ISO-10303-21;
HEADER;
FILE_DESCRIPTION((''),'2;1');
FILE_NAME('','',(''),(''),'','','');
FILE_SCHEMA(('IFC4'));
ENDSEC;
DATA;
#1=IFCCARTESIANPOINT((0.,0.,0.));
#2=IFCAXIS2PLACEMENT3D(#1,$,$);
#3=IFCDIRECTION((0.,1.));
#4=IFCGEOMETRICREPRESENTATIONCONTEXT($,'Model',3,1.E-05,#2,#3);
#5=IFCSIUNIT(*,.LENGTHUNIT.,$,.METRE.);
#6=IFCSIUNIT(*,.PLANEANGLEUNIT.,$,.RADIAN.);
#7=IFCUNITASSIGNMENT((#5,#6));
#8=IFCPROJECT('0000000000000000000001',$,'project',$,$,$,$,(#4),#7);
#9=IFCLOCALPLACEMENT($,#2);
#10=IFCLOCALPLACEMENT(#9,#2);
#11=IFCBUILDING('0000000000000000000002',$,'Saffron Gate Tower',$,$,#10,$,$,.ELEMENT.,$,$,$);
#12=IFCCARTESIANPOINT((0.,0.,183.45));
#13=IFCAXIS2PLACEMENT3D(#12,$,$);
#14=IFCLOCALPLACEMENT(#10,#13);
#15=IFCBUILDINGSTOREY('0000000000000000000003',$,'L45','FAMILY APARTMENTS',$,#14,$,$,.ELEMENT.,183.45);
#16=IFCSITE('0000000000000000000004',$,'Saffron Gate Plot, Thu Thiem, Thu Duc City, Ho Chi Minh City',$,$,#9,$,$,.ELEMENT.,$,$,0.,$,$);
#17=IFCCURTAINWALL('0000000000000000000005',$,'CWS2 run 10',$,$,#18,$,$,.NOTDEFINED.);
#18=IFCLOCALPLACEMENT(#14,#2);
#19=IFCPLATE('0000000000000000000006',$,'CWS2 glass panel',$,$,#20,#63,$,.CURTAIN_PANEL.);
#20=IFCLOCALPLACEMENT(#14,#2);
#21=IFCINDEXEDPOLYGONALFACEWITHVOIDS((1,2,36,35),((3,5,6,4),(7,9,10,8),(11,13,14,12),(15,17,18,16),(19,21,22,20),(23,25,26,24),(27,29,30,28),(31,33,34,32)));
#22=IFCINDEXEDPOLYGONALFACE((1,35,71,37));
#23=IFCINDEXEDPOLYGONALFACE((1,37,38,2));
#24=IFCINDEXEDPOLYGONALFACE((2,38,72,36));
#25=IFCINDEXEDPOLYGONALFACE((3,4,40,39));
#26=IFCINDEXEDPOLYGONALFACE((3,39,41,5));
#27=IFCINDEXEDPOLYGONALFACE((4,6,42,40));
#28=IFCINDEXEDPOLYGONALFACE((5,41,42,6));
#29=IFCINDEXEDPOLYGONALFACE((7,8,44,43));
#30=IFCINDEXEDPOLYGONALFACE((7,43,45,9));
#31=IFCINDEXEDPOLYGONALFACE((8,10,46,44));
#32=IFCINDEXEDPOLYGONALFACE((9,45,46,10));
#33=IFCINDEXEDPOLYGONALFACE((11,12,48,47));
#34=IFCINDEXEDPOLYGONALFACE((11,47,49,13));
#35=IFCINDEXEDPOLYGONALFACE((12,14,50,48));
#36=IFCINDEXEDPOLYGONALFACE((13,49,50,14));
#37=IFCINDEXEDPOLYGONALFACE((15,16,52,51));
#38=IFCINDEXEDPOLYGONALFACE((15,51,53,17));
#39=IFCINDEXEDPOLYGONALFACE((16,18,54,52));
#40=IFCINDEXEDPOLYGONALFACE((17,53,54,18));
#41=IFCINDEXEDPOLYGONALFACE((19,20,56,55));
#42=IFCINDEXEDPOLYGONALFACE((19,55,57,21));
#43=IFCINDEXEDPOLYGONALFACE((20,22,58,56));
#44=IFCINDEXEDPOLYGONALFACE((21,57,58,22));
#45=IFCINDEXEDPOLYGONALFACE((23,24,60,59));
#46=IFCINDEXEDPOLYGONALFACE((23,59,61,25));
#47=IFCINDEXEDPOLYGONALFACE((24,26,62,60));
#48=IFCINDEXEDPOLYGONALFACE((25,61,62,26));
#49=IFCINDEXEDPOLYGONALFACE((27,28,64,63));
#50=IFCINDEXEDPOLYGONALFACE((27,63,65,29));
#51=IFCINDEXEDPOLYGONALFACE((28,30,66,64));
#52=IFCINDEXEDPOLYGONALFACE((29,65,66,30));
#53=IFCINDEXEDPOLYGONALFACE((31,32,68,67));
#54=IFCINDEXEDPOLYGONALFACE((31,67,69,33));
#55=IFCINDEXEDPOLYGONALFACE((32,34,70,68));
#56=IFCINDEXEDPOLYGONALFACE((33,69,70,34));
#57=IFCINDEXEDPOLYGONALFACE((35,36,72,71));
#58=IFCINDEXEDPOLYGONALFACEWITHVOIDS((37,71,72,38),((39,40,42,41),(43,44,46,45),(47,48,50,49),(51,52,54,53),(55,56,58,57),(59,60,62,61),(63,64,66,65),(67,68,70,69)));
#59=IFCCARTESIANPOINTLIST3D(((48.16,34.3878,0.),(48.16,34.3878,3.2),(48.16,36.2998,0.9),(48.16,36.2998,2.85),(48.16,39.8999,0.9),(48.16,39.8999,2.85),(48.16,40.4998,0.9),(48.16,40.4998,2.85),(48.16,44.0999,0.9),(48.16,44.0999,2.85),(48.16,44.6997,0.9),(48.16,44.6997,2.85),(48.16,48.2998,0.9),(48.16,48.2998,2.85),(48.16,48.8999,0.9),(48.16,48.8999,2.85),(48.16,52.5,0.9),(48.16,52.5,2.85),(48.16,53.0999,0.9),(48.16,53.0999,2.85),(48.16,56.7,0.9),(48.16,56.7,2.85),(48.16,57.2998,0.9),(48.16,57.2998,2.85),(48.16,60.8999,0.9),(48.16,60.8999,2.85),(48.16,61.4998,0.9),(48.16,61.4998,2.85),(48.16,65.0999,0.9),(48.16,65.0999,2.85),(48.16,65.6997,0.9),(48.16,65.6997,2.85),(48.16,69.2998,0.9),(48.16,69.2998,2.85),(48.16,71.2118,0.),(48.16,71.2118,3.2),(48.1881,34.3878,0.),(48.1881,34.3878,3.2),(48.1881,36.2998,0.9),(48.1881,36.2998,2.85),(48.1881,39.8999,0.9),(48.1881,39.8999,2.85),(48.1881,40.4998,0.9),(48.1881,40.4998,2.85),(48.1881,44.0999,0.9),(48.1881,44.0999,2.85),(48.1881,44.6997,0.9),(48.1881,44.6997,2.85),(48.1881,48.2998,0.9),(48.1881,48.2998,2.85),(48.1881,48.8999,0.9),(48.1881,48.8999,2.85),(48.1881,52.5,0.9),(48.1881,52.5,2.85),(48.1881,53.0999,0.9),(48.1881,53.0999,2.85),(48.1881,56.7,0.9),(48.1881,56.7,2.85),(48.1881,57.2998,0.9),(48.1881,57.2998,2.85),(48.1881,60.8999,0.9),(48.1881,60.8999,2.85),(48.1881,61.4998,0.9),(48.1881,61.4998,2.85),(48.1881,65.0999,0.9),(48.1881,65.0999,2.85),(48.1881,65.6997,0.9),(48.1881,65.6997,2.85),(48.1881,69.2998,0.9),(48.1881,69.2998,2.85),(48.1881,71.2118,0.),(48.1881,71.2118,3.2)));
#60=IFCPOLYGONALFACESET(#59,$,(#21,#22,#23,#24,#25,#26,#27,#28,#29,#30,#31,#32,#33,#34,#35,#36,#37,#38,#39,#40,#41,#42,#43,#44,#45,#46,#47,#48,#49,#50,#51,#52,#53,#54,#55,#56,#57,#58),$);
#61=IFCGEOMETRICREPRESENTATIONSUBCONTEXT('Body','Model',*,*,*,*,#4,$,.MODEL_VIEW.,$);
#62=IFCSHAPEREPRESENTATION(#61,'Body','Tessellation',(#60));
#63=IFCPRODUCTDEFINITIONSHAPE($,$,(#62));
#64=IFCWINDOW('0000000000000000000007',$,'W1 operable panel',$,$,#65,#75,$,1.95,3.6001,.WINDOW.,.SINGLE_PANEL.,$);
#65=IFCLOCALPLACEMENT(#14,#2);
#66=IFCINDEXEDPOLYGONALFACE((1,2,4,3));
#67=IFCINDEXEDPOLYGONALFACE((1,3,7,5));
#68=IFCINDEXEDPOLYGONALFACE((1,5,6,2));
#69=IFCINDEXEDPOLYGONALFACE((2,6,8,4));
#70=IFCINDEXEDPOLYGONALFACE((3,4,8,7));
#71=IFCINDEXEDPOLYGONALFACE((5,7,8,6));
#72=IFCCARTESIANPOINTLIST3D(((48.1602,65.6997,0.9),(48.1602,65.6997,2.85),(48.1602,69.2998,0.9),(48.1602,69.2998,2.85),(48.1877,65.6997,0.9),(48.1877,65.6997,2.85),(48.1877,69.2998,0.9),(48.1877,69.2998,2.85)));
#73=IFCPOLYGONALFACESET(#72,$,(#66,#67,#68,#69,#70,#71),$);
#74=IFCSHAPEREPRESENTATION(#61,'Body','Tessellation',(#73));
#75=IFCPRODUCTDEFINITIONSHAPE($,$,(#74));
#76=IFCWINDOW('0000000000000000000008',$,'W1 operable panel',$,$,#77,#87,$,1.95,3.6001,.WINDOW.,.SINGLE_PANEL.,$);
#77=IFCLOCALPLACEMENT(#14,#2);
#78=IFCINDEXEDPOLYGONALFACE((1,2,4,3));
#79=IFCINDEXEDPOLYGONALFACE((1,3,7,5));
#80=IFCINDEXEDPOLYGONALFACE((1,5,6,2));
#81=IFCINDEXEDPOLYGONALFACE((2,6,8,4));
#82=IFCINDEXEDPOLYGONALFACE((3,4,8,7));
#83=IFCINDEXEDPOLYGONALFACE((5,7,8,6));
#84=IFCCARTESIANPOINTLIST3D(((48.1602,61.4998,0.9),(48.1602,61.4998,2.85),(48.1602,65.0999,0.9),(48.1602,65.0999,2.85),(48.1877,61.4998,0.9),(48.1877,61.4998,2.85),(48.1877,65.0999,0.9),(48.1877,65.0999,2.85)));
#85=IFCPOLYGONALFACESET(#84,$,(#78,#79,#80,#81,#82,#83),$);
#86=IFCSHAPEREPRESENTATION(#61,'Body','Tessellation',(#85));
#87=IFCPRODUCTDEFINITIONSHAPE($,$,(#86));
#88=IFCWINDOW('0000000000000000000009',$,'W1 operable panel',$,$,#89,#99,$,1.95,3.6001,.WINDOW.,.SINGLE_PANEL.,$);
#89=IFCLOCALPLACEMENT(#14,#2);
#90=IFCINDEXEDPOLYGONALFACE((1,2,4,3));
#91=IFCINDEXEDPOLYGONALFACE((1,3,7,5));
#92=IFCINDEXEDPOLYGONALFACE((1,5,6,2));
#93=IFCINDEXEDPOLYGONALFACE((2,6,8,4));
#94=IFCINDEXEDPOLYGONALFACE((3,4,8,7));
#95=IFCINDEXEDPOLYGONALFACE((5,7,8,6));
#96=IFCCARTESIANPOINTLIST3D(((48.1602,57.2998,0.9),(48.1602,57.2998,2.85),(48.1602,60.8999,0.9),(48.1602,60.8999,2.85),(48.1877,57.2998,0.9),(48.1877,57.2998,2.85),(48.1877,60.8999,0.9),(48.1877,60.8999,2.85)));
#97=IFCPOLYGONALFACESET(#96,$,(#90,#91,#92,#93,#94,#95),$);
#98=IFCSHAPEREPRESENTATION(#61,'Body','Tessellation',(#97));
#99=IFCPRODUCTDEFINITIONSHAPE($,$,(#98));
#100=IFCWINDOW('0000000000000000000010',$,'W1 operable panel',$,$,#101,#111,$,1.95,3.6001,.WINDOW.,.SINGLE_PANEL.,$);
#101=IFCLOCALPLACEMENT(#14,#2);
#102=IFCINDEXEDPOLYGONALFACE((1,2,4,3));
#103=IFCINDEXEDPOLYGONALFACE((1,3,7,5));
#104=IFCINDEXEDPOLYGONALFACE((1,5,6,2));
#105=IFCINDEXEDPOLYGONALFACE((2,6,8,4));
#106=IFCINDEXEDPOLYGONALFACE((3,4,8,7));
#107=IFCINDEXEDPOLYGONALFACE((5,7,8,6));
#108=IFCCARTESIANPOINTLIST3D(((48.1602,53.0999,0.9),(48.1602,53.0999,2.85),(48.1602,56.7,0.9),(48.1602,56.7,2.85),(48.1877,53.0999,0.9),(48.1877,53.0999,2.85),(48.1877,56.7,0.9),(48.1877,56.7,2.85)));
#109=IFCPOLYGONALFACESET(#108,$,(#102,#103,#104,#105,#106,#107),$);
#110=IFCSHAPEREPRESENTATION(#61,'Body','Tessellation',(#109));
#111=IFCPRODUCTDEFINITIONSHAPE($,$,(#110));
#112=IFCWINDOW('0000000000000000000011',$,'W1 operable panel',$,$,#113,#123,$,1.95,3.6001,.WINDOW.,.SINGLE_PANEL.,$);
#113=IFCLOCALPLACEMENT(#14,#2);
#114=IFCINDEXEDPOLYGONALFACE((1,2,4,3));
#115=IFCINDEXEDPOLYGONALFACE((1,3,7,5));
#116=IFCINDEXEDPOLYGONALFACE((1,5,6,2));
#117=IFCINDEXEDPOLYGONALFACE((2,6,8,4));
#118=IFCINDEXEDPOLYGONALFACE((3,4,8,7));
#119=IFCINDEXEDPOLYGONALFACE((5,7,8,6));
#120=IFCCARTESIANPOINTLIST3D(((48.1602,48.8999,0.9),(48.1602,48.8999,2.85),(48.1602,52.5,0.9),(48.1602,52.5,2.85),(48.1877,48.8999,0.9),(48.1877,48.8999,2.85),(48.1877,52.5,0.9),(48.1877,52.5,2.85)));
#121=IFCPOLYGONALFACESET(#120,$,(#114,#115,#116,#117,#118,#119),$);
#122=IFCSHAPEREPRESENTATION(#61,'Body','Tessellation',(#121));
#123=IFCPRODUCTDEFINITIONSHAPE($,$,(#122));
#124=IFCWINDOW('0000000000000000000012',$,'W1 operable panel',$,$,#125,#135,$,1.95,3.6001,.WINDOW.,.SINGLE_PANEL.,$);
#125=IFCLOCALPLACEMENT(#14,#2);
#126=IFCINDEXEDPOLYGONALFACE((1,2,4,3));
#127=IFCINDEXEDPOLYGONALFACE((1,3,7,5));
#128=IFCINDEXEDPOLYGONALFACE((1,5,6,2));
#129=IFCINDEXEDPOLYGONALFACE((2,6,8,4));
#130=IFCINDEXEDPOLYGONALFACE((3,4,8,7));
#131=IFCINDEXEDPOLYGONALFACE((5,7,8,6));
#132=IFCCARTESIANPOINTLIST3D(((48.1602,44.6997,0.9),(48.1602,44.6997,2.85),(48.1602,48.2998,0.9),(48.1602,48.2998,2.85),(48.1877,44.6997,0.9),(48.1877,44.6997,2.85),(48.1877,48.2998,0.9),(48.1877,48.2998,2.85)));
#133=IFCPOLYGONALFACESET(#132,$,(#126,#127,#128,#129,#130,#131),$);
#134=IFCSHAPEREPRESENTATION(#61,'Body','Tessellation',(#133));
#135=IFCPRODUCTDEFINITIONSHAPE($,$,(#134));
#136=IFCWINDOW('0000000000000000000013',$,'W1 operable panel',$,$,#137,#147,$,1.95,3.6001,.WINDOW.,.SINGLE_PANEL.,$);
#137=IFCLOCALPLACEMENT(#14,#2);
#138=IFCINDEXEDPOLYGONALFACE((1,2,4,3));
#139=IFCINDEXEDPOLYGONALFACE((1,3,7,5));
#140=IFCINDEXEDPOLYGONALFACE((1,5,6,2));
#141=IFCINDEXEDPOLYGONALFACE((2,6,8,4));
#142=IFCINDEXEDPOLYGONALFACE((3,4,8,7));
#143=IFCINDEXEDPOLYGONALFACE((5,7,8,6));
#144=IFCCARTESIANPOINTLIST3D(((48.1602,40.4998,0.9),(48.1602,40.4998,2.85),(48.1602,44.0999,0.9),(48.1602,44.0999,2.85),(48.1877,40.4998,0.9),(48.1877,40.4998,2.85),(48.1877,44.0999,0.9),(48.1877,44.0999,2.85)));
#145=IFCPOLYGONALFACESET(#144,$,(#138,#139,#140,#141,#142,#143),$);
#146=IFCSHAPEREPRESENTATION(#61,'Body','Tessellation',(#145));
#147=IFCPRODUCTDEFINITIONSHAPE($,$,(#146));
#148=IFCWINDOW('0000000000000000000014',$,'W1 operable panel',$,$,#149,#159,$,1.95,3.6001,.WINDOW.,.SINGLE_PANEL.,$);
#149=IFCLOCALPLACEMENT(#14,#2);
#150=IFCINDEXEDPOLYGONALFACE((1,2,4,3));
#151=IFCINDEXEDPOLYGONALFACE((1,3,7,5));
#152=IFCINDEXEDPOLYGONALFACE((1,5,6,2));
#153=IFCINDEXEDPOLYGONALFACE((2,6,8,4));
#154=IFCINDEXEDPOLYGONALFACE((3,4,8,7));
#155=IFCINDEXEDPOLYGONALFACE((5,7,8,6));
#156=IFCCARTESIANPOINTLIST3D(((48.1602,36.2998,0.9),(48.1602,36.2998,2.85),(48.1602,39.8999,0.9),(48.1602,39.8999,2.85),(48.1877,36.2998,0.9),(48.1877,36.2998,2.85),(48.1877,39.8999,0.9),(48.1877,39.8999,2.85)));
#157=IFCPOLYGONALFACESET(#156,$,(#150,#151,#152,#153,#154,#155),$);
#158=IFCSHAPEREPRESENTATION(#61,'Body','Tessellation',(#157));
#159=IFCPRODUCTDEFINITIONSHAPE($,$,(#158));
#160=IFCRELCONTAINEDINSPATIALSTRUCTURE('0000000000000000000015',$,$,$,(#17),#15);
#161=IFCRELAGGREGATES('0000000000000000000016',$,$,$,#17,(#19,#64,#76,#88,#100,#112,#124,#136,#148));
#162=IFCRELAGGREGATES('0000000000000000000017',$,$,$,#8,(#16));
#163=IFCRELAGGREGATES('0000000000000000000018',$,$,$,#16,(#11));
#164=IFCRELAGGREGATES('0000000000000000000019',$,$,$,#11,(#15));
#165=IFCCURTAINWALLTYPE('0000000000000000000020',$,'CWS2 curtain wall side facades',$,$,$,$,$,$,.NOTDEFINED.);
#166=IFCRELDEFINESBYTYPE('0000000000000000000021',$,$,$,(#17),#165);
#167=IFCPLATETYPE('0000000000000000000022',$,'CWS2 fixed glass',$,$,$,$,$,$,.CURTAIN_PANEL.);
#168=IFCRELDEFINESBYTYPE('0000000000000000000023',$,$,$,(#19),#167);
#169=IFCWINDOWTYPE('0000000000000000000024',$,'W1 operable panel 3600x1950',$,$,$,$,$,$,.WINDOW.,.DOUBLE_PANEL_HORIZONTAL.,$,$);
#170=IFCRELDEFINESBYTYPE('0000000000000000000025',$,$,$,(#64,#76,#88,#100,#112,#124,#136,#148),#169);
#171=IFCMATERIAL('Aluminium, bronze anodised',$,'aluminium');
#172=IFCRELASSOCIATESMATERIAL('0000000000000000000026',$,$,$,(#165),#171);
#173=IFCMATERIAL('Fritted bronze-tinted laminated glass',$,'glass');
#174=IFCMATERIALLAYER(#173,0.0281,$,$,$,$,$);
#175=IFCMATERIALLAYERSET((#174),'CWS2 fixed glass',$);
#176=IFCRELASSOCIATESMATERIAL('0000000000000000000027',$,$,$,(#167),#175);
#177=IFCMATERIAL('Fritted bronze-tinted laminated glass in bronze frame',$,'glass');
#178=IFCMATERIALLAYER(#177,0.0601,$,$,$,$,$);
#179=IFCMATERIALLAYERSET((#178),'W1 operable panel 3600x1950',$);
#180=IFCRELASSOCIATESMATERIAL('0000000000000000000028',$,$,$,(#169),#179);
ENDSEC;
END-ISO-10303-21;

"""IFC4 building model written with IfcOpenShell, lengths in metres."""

from ifc_helpers import new_model, si_unit, direction, frame, frame_2d, origin, place, context, subcontext, project, spatial, rectangle, extrude, material, layer, layer_set, type_object, element, fill, aggregate, save


model = new_model("IFC4")

# Units and contexts
model_context = context("Model", 3, precision=1e-05, world=origin(), true_north=direction((0.0, 1.0)))
body_context = subcontext(model_context, "Body", "Model", "MODEL_VIEW")
ifc_project = project(units=[si_unit("LENGTHUNIT", "METRE"), si_unit("PLANEANGLEUNIT", "RADIAN")], contexts=[model_context])

# Site, building, storey
site_placement = place(None, origin())
site = spatial("IfcSite", under=ifc_project, at=site_placement, Name="Saffron Gate Plot, Thu Thiem, Thu Duc City, Ho Chi Minh City", CompositionType="ELEMENT", RefElevation=0.0)
building_placement = place(site_placement, origin())
building = spatial("IfcBuilding", under=site, at=building_placement, Name="Saffron Gate Tower", CompositionType="ELEMENT")
storey_placement = place(building_placement, frame((0.0, 0.0, 183.45)))
storey = spatial("IfcBuildingStorey", under=building, at=storey_placement, Name="L45", Description="FAMILY APARTMENTS", CompositionType="ELEMENT", Elevation=183.45)

# Curtain wall
ifc_material_1 = material(Name="Aluminium, bronze anodised", Category="aluminium")
curtain_wall_type_1 = type_object("IfcCurtainWallType", Name="CWS2 curtain wall side facades", PredefinedType="NOTDEFINED", material=ifc_material_1)
curtain_wall_1_placement = place(storey_placement, origin())
curtain_wall_1 = element("IfcCurtainWall", 1, at=curtain_wall_1_placement, inside=storey, type_object=curtain_wall_type_1, Name="CWS2 run 10", PredefinedType="NOTDEFINED")

# Plate, openings, windows
ifc_material_2 = material(Name="Fritted bronze-tinted laminated glass", Category="glass")
ifc_layer_1 = layer(ifc_material_2, 0.0281)
ifc_layer_set_1 = layer_set([ifc_layer_1], Name="CWS2 fixed glass")
plate_type = type_object("IfcPlateType", Name="CWS2 fixed glass", PredefinedType="CURTAIN_PANEL", material=ifc_layer_set_1)
plate_placement = place(storey_placement, frame((48.1741, 71.2119, 0.0), z_axis=(0.0, 0.0, 1.0), x_axis=(0.0, -1.0, 0.0)))
plate = element("IfcPlate", 2, at=plate_placement, type_object=plate_type, Name="CWS2 glass panel", PredefinedType="CURTAIN_PANEL", context=body_context, shape_type="SweptSolid", body=[
    extrude(rectangle(XDim=36.824, YDim=0.0281, at=frame_2d((18.4121, 0.0))), origin(), (0.0, 0.0, 1.0), 3.2),
])
opening_1_placement = place(plate_placement, frame((1.9121, 0.0, 0.8999)))
opening_1 = element("IfcOpeningElement", 3, at=opening_1_placement, cuts=plate, PredefinedType="OPENING", context=body_context, shape_type="SweptSolid", body=[
    extrude(rectangle(XDim=3.6001, YDim=1.95, at=frame_2d((1.8, 0.9751))), frame((0.0, 0.0239, 0.0), z_axis=(0.0, -1.0, 0.0), x_axis=(1.0, 0.0, 0.0)), (0.0, 0.0, 1.0), 0.0481),
])
opening_2_placement = place(plate_placement, frame((6.1121, 0.0, 0.8999)))
opening_2 = element("IfcOpeningElement", 4, at=opening_2_placement, cuts=plate, PredefinedType="OPENING", context=body_context, shape_type="SweptSolid", body=[
    extrude(rectangle(XDim=3.6001, YDim=1.95, at=frame_2d((1.8, 0.9751))), frame((0.0, 0.0239, 0.0), z_axis=(0.0, -1.0, 0.0), x_axis=(1.0, 0.0, 0.0)), (0.0, 0.0, 1.0), 0.0481),
])
opening_3_placement = place(plate_placement, frame((10.312, 0.0, 0.8999)))
opening_3 = element("IfcOpeningElement", 5, at=opening_3_placement, cuts=plate, PredefinedType="OPENING", context=body_context, shape_type="SweptSolid", body=[
    extrude(rectangle(XDim=3.6001, YDim=1.95, at=frame_2d((1.8, 0.9751))), frame((0.0, 0.0239, 0.0), z_axis=(0.0, -1.0, 0.0), x_axis=(1.0, 0.0, 0.0)), (0.0, 0.0, 1.0), 0.0481),
])
opening_4_placement = place(plate_placement, frame((14.512, 0.0, 0.8999)))
opening_4 = element("IfcOpeningElement", 6, at=opening_4_placement, cuts=plate, PredefinedType="OPENING", context=body_context, shape_type="SweptSolid", body=[
    extrude(rectangle(XDim=3.6001, YDim=1.95, at=frame_2d((1.8, 0.9751))), frame((0.0, 0.0239, 0.0), z_axis=(0.0, -1.0, 0.0), x_axis=(1.0, 0.0, 0.0)), (0.0, 0.0, 1.0), 0.0481),
])
opening_5_placement = place(plate_placement, frame((18.7119, 0.0, 0.8999)))
opening_5 = element("IfcOpeningElement", 7, at=opening_5_placement, cuts=plate, PredefinedType="OPENING", context=body_context, shape_type="SweptSolid", body=[
    extrude(rectangle(XDim=3.6001, YDim=1.95, at=frame_2d((1.8, 0.9751))), frame((0.0, 0.0239, 0.0), z_axis=(0.0, -1.0, 0.0), x_axis=(1.0, 0.0, 0.0)), (0.0, 0.0, 1.0), 0.0481),
])
opening_6_placement = place(plate_placement, frame((22.9121, 0.0, 0.8999)))
opening_6 = element("IfcOpeningElement", 8, at=opening_6_placement, cuts=plate, PredefinedType="OPENING", context=body_context, shape_type="SweptSolid", body=[
    extrude(rectangle(XDim=3.6001, YDim=1.95, at=frame_2d((1.8, 0.9751))), frame((0.0, 0.0239, 0.0), z_axis=(0.0, -1.0, 0.0), x_axis=(1.0, 0.0, 0.0)), (0.0, 0.0, 1.0), 0.0481),
])
opening_7_placement = place(plate_placement, frame((27.1121, 0.0, 0.8999)))
opening_7 = element("IfcOpeningElement", 9, at=opening_7_placement, cuts=plate, PredefinedType="OPENING", context=body_context, shape_type="SweptSolid", body=[
    extrude(rectangle(XDim=3.6001, YDim=1.95, at=frame_2d((1.8, 0.9751))), frame((0.0, 0.0239, 0.0), z_axis=(0.0, -1.0, 0.0), x_axis=(1.0, 0.0, 0.0)), (0.0, 0.0, 1.0), 0.0481),
])
opening_8_placement = place(plate_placement, frame((31.312, 0.0, 0.8999)))
opening_8 = element("IfcOpeningElement", 10, at=opening_8_placement, cuts=plate, PredefinedType="OPENING", context=body_context, shape_type="SweptSolid", body=[
    extrude(rectangle(XDim=3.6001, YDim=1.95, at=frame_2d((1.8, 0.9751))), frame((0.0, 0.0239, 0.0), z_axis=(0.0, -1.0, 0.0), x_axis=(1.0, 0.0, 0.0)), (0.0, 0.0, 1.0), 0.0481),
])
ifc_material_3 = material(Name="Fritted bronze-tinted laminated glass in bronze frame", Category="glass")
ifc_layer_2 = layer(ifc_material_3, 0.0601)
ifc_layer_set_2 = layer_set([ifc_layer_2], Name="W1 operable panel 3600x1950")
window_type = type_object("IfcWindowType", Name="W1 operable panel 3600x1950", PartitioningType="DOUBLE_PANEL_HORIZONTAL", PredefinedType="WINDOW", material=ifc_layer_set_2)
window_1_placement = place(opening_1_placement, origin())
window_1 = element("IfcWindow", 11, at=window_1_placement, type_object=window_type, Name="W1 operable panel", OverallHeight=1.95, OverallWidth=3.6001, PartitioningType="SINGLE_PANEL", PredefinedType="WINDOW", context=body_context, shape_type="SweptSolid", body=[
    extrude(rectangle(XDim=3.6001, YDim=1.95, at=frame_2d((1.8, 0.9751))), frame((0.0, 0.0137, 0.0), z_axis=(0.0, -1.0, 0.0), x_axis=(1.0, 0.0, 0.0)), (0.0, 0.0, 1.0), 0.0276),
])
fill(opening_1, window_1)
window_2_placement = place(opening_2_placement, origin())
window_2 = element("IfcWindow", 12, at=window_2_placement, type_object=window_type, Name="W1 operable panel", OverallHeight=1.95, OverallWidth=3.6001, PartitioningType="SINGLE_PANEL", PredefinedType="WINDOW", context=body_context, shape_type="SweptSolid", body=[
    extrude(rectangle(XDim=3.6001, YDim=1.95, at=frame_2d((1.8, 0.9751))), frame((0.0, 0.0137, 0.0), z_axis=(0.0, -1.0, 0.0), x_axis=(1.0, 0.0, 0.0)), (0.0, 0.0, 1.0), 0.0276),
])
fill(opening_2, window_2)
window_3_placement = place(opening_3_placement, origin())
window_3 = element("IfcWindow", 13, at=window_3_placement, type_object=window_type, Name="W1 operable panel", OverallHeight=1.95, OverallWidth=3.6001, PartitioningType="SINGLE_PANEL", PredefinedType="WINDOW", context=body_context, shape_type="SweptSolid", body=[
    extrude(rectangle(XDim=3.6001, YDim=1.95, at=frame_2d((1.8, 0.9751))), frame((0.0, 0.0137, 0.0), z_axis=(0.0, -1.0, 0.0), x_axis=(1.0, 0.0, 0.0)), (0.0, 0.0, 1.0), 0.0276),
])
fill(opening_3, window_3)
window_4_placement = place(opening_4_placement, origin())
window_4 = element("IfcWindow", 14, at=window_4_placement, type_object=window_type, Name="W1 operable panel", OverallHeight=1.95, OverallWidth=3.6001, PartitioningType="SINGLE_PANEL", PredefinedType="WINDOW", context=body_context, shape_type="SweptSolid", body=[
    extrude(rectangle(XDim=3.6001, YDim=1.95, at=frame_2d((1.8, 0.9751))), frame((0.0, 0.0137, 0.0), z_axis=(0.0, -1.0, 0.0), x_axis=(1.0, 0.0, 0.0)), (0.0, 0.0, 1.0), 0.0276),
])
fill(opening_4, window_4)
window_5_placement = place(opening_5_placement, origin())
window_5 = element("IfcWindow", 15, at=window_5_placement, type_object=window_type, Name="W1 operable panel", OverallHeight=1.95, OverallWidth=3.6001, PartitioningType="SINGLE_PANEL", PredefinedType="WINDOW", context=body_context, shape_type="SweptSolid", body=[
    extrude(rectangle(XDim=3.6001, YDim=1.95, at=frame_2d((1.8, 0.9751))), frame((0.0, 0.0137, 0.0), z_axis=(0.0, -1.0, 0.0), x_axis=(1.0, 0.0, 0.0)), (0.0, 0.0, 1.0), 0.0276),
])
fill(opening_5, window_5)
window_6_placement = place(opening_6_placement, origin())
window_6 = element("IfcWindow", 16, at=window_6_placement, type_object=window_type, Name="W1 operable panel", OverallHeight=1.95, OverallWidth=3.6001, PartitioningType="SINGLE_PANEL", PredefinedType="WINDOW", context=body_context, shape_type="SweptSolid", body=[
    extrude(rectangle(XDim=3.6001, YDim=1.95, at=frame_2d((1.8, 0.9751))), frame((0.0, 0.0137, 0.0), z_axis=(0.0, -1.0, 0.0), x_axis=(1.0, 0.0, 0.0)), (0.0, 0.0, 1.0), 0.0276),
])
fill(opening_6, window_6)
window_7_placement = place(opening_7_placement, origin())
window_7 = element("IfcWindow", 17, at=window_7_placement, type_object=window_type, Name="W1 operable panel", OverallHeight=1.95, OverallWidth=3.6001, PartitioningType="SINGLE_PANEL", PredefinedType="WINDOW", context=body_context, shape_type="SweptSolid", body=[
    extrude(rectangle(XDim=3.6001, YDim=1.95, at=frame_2d((1.8, 0.9751))), frame((0.0, 0.0137, 0.0), z_axis=(0.0, -1.0, 0.0), x_axis=(1.0, 0.0, 0.0)), (0.0, 0.0, 1.0), 0.0276),
])
fill(opening_7, window_7)
window_8_placement = place(opening_8_placement, origin())
window_8 = element("IfcWindow", 18, at=window_8_placement, type_object=window_type, Name="W1 operable panel", OverallHeight=1.95, OverallWidth=3.6001, PartitioningType="SINGLE_PANEL", PredefinedType="WINDOW", context=body_context, shape_type="SweptSolid", body=[
    extrude(rectangle(XDim=3.6001, YDim=1.95, at=frame_2d((1.8, 0.9751))), frame((0.0, 0.0137, 0.0), z_axis=(0.0, -1.0, 0.0), x_axis=(1.0, 0.0, 0.0)), (0.0, 0.0, 1.0), 0.0276),
])
fill(opening_8, window_8)
aggregate(curtain_wall_1, [plate, window_1, window_2, window_3, window_4, window_5, window_6, window_7, window_8])

save(model, "model.ifc")
